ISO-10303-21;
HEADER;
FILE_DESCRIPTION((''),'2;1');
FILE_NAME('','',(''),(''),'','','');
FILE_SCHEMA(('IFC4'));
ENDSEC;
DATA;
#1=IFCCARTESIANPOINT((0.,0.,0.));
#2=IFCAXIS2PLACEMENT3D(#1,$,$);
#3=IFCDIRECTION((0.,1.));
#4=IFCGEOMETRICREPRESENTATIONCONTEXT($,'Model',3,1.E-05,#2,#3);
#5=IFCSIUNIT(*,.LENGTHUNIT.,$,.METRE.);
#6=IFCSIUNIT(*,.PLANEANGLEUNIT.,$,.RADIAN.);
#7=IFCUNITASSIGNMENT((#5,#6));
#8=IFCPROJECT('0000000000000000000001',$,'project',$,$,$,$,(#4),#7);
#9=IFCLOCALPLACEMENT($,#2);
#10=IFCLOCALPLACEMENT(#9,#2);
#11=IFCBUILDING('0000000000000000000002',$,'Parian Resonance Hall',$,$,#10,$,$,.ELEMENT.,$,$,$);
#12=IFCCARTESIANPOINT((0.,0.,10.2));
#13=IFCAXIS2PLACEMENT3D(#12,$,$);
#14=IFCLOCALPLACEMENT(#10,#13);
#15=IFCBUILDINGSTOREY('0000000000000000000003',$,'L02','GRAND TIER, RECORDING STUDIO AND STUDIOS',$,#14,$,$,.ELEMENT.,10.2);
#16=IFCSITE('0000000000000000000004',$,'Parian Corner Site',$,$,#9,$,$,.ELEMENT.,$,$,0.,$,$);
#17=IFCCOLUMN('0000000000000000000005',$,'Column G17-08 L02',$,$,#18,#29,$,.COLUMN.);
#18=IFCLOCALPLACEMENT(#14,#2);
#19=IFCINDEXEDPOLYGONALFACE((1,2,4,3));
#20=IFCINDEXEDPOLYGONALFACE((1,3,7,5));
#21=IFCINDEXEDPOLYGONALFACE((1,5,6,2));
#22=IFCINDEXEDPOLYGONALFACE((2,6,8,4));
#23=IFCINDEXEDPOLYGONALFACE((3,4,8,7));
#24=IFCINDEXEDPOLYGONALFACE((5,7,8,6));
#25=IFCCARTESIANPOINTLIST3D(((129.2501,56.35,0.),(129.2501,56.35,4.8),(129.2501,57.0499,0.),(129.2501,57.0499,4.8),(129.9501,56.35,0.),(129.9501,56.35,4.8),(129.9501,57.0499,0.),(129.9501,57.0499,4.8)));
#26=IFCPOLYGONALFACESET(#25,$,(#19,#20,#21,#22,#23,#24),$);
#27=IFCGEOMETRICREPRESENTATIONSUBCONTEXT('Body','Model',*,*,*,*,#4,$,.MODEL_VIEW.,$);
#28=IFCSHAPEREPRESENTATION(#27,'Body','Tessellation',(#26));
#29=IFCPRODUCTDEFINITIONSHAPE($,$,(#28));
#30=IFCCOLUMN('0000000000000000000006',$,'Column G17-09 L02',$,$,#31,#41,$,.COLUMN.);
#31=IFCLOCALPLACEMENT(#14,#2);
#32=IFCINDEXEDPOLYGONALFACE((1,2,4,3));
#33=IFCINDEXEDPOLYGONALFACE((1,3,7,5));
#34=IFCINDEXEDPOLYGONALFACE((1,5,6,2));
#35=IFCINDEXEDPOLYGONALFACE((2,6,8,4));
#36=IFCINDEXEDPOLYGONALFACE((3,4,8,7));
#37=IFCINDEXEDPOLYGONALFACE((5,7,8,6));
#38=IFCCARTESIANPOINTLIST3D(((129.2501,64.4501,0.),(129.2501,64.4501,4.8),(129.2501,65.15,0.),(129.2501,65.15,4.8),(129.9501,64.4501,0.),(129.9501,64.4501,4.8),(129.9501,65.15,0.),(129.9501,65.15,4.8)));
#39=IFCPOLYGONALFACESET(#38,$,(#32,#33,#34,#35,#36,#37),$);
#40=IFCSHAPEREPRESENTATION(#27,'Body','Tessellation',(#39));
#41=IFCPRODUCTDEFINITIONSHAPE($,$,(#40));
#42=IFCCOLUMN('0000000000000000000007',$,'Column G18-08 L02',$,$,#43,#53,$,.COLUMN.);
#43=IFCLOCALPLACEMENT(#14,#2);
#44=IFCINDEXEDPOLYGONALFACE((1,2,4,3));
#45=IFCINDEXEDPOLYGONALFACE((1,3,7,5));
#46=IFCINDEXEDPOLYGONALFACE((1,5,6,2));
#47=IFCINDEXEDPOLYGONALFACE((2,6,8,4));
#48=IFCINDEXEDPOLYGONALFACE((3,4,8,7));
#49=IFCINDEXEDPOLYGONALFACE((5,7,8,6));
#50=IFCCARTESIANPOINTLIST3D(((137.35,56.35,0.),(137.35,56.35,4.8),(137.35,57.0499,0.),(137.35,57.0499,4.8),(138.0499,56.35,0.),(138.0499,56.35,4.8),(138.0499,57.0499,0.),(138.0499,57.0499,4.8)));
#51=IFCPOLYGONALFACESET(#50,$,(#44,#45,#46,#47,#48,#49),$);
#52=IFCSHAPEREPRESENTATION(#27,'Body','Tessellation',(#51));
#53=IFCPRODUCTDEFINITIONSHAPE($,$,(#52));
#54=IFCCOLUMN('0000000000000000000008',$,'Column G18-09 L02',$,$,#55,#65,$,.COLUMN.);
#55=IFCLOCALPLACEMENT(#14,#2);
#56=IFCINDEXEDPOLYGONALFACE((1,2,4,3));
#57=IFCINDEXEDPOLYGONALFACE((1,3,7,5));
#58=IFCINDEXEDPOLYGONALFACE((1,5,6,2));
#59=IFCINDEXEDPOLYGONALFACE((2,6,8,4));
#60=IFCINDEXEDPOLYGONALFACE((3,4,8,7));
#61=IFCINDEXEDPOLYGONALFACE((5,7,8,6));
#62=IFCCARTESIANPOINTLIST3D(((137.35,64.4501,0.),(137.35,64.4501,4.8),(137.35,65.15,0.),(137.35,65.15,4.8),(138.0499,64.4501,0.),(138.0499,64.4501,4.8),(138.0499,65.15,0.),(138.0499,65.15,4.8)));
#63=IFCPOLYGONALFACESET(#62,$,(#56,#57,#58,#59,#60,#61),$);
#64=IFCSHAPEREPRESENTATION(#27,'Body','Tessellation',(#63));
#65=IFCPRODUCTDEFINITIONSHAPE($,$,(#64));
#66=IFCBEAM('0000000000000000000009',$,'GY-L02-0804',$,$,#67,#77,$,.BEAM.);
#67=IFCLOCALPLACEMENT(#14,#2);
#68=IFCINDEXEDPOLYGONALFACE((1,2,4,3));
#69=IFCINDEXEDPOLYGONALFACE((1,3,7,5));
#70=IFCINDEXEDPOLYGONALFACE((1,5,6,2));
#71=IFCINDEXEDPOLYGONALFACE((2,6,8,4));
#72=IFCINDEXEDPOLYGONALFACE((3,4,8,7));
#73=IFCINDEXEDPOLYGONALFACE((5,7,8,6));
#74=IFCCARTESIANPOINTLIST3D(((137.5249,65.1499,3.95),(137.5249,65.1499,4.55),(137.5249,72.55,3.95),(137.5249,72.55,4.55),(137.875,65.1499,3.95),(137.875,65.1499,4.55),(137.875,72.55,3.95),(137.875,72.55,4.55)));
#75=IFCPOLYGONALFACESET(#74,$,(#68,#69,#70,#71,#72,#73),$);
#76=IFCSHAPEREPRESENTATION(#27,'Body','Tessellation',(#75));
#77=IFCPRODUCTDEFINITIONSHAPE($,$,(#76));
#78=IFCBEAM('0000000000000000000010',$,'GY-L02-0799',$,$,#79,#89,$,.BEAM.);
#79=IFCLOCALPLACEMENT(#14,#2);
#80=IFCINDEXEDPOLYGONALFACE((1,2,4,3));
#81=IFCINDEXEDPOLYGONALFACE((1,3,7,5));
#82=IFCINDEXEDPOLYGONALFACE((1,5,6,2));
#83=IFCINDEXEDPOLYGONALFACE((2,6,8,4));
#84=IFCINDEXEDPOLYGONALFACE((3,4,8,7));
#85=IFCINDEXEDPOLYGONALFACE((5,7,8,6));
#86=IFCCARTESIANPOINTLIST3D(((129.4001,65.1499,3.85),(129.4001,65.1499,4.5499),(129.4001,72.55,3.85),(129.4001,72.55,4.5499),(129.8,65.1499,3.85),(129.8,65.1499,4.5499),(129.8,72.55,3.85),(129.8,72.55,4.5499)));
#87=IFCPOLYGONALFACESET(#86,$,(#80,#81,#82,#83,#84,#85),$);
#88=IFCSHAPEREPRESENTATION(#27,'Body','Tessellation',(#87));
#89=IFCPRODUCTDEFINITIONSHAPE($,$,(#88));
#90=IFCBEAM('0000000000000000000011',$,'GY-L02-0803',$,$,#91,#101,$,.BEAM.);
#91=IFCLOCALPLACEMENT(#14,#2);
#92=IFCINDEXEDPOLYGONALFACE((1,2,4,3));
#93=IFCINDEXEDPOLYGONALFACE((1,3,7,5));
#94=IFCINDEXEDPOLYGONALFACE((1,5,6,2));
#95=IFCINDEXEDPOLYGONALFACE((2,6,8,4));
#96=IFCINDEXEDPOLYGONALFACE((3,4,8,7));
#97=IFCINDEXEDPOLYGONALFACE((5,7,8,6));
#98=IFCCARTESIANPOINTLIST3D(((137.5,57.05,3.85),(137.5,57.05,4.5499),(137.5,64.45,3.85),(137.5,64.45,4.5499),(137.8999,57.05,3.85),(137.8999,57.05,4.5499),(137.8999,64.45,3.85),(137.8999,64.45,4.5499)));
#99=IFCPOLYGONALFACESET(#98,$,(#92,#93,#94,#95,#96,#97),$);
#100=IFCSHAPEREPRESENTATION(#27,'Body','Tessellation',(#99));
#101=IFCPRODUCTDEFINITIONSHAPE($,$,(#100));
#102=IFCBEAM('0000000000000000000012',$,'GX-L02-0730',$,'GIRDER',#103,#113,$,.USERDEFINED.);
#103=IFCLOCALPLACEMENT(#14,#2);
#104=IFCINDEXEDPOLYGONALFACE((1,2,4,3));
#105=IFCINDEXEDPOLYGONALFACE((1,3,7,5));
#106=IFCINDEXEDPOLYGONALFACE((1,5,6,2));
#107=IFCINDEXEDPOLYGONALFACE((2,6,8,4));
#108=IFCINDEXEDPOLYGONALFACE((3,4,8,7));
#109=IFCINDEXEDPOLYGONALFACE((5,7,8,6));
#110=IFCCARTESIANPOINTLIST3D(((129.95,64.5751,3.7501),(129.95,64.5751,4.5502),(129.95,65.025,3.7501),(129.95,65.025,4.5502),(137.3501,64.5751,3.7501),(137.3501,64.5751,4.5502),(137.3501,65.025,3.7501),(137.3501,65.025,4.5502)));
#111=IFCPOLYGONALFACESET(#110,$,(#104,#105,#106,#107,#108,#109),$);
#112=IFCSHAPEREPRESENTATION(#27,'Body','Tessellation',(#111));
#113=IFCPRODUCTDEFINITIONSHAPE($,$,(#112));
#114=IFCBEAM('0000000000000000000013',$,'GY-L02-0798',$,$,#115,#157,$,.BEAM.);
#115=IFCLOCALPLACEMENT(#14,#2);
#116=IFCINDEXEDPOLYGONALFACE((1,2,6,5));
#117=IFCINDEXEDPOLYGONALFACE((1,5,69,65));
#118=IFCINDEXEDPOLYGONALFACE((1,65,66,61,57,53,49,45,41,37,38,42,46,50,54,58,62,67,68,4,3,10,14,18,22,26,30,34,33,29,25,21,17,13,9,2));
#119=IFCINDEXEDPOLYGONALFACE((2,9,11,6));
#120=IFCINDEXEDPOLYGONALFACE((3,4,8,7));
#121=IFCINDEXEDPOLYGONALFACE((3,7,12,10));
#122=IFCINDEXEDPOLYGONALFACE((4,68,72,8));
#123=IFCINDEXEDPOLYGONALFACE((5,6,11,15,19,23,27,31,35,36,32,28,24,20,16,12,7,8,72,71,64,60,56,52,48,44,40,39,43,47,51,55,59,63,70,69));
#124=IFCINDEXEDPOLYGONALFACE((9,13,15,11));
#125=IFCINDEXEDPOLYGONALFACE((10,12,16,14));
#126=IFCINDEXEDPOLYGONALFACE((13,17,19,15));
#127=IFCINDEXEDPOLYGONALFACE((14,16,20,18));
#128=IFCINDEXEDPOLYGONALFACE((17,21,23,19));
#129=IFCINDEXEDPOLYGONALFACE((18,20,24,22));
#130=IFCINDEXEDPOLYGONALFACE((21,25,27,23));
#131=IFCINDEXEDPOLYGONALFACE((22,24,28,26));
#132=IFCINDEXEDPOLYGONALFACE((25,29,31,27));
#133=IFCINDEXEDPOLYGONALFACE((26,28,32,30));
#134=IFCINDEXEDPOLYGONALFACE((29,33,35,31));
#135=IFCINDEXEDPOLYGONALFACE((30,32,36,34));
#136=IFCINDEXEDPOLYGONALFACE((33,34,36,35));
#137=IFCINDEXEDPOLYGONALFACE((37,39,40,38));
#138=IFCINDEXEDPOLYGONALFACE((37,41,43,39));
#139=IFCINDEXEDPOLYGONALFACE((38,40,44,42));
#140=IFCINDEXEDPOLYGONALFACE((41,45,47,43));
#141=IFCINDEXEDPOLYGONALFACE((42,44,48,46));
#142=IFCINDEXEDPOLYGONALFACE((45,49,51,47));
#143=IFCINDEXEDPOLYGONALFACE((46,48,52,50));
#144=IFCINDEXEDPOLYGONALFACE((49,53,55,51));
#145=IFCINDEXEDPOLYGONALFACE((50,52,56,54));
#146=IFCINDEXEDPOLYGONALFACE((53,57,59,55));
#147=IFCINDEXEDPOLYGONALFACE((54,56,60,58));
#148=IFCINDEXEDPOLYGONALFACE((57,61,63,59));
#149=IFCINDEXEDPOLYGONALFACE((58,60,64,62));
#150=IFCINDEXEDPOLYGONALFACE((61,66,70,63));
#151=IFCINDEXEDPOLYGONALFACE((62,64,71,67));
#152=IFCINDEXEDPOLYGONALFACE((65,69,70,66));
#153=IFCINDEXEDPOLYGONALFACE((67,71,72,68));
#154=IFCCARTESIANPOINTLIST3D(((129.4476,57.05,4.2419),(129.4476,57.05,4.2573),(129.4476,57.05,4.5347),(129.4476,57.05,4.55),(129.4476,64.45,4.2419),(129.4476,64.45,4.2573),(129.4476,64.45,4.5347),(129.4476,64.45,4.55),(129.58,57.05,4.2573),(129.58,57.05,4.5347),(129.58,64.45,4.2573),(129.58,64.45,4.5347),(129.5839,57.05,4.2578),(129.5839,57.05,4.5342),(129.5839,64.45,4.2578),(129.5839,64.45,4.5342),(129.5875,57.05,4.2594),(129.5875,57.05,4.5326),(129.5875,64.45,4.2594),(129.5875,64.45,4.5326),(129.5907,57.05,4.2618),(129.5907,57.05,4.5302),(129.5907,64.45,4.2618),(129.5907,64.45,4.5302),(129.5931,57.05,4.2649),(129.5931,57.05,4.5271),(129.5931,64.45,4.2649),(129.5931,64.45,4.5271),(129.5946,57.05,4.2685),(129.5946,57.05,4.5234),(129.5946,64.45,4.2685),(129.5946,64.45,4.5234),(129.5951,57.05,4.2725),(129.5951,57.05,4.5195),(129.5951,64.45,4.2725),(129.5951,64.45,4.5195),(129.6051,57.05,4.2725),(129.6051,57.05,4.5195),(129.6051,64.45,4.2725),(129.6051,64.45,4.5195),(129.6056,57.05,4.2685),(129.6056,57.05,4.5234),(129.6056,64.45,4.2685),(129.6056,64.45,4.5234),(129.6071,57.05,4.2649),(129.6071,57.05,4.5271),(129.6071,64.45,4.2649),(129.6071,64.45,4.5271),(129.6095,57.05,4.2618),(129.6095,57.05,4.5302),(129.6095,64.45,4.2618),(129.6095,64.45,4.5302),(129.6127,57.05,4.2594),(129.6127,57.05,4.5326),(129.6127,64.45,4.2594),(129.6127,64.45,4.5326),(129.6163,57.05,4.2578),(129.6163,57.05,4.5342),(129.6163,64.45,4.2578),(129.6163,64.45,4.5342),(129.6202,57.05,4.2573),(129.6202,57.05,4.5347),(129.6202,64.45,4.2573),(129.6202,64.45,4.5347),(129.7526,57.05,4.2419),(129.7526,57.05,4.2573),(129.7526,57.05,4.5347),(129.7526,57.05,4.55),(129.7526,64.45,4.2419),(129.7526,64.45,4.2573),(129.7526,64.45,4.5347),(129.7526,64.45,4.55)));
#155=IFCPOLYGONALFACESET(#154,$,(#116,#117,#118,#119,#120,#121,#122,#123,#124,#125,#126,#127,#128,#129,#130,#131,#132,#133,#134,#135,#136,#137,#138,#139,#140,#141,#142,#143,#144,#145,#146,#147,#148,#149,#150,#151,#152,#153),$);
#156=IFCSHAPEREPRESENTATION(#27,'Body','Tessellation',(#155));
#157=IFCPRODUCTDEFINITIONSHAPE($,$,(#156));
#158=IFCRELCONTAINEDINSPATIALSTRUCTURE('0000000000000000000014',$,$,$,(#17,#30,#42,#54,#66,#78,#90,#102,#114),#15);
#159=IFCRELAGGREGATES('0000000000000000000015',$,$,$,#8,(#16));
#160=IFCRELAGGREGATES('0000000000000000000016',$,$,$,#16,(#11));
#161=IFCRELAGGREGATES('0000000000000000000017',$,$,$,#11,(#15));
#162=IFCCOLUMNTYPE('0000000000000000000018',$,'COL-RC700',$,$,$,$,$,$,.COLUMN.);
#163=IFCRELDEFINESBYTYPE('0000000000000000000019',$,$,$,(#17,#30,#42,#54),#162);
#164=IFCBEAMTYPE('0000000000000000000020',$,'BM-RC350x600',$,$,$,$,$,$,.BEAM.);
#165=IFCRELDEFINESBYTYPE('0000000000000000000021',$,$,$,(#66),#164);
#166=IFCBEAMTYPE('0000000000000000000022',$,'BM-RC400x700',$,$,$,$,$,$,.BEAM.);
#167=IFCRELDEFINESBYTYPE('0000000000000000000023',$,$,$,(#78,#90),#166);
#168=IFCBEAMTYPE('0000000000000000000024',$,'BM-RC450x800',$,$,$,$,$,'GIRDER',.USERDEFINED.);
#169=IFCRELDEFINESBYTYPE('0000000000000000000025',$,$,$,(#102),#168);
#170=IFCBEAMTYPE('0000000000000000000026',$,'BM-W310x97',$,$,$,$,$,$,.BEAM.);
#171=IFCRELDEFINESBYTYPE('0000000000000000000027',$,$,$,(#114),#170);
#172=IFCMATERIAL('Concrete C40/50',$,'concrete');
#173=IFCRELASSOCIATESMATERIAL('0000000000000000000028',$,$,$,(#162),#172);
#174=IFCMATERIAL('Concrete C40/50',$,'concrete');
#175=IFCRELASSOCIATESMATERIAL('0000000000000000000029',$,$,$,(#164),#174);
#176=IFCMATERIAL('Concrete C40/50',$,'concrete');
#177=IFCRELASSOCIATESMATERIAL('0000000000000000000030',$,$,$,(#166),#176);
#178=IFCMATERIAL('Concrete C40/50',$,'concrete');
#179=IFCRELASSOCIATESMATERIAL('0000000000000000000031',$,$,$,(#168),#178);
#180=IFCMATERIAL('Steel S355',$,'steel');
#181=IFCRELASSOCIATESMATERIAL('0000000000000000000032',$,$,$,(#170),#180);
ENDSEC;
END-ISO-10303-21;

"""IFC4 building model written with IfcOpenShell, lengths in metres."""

from ifc_helpers import new_model, si_unit, direction, frame, origin, origin_2d, place, context, subcontext, project, spatial, rectangle, i_section, extrude, material, material_profile, profile_set, type_object, element, save


model = new_model("IFC4")

# Units and contexts
model_context = context("Model", 3, precision=1e-05, world=origin(), true_north=direction((0.0, 1.0)))
body_context = subcontext(model_context, "Body", "Model", "MODEL_VIEW")
ifc_project = project(units=[si_unit("LENGTHUNIT", "METRE"), si_unit("PLANEANGLEUNIT", "RADIAN")], contexts=[model_context])

# Site, building, storey
site_placement = place(None, origin())
site = spatial("IfcSite", under=ifc_project, at=site_placement, Name="Parian Corner Site", CompositionType="ELEMENT", RefElevation=0.0)
building_placement = place(site_placement, origin())
building = spatial("IfcBuilding", under=site, at=building_placement, Name="Parian Resonance Hall", CompositionType="ELEMENT")
storey_placement = place(building_placement, frame((0.0, 0.0, 10.2)))
storey = spatial("IfcBuildingStorey", under=building, at=storey_placement, Name="L02", Description="GRAND TIER, RECORDING STUDIO AND STUDIOS", CompositionType="ELEMENT", Elevation=10.2)

# Columns
ifc_material_1 = material(Name="Concrete C40/50", Category="concrete")
ifc_material_profile_1 = material_profile(ifc_material_1, rectangle(XDim=0.7, YDim=0.7, at=origin_2d()), Name="RC-COL-700x700")
ifc_profile_set_1 = profile_set([ifc_material_profile_1], Name="Concrete C40/50")
column_type = type_object("IfcColumnType", Name="COL-RC700", PredefinedType="COLUMN", material=ifc_profile_set_1)
for number, where, z_axis, x_axis, name in (
    (1, (129.6001, 56.7, 0.0), (0.0, 0.0, 1.0), (1.0, 0.0, 0.0), "Column G17-08 L02"),
    (2, (129.6001, 64.8, 0.0), (0.0, 0.0, 1.0), (1.0, 0.0, 0.0), "Column G17-09 L02"),
    (3, (137.7, 56.7, 0.0), (0.0, 0.0, 1.0), (1.0, 0.0, 0.0), "Column G18-08 L02"),
    (4, (137.7, 64.8, 0.0), (0.0, 0.0, 1.0), (1.0, 0.0, 0.0), "Column G18-09 L02"),
):
    element("IfcColumn", number, at=place(storey_placement, frame(where, z_axis=z_axis, x_axis=x_axis)), inside=storey, type_object=column_type, Name=name, PredefinedType="COLUMN", context=body_context, shape_type="SweptSolid", body=[
        extrude(rectangle(XDim=0.7, YDim=0.7, at=origin_2d()), origin(), (0.0, 0.0, 1.0), 4.8),
    ])

# Beams
ifc_material_2 = material(Name="Concrete C40/50", Category="concrete")
ifc_material_profile_2 = material_profile(ifc_material_2, rectangle(XDim=0.3501, YDim=0.6001, at=origin_2d()), Name="RC-BM-350x600")
ifc_profile_set_2 = profile_set([ifc_material_profile_2], Name="Concrete C40/50")
beam_type_1 = type_object("IfcBeamType", Name="BM-RC350x600", PredefinedType="BEAM", material=ifc_profile_set_2)
beam_1_placement = place(storey_placement, frame((137.7, 65.1499, 4.25), z_axis=(0.0, 1.0, 0.0), x_axis=(-1.0, 0.0, 0.0)))
element("IfcBeam", 5, at=beam_1_placement, inside=storey, type_object=beam_type_1, Name="GY-L02-0804", PredefinedType="BEAM", context=body_context, shape_type="SweptSolid", body=[
    extrude(rectangle(XDim=0.3501, YDim=0.6001, at=origin_2d()), origin(), (0.0, 0.0, 1.0), 7.4001),
])
ifc_material_3 = material(Name="Concrete C40/50", Category="concrete")
ifc_material_profile_3 = material_profile(ifc_material_3, rectangle(XDim=0.3999, YDim=0.7, at=origin_2d()), Name="RC-BM-400x700")
ifc_profile_set_3 = profile_set([ifc_material_profile_3], Name="Concrete C40/50")
beam_type_2 = type_object("IfcBeamType", Name="BM-RC400x700", PredefinedType="BEAM", material=ifc_profile_set_3)
beam_2_placement = place(storey_placement, frame((129.6001, 65.1499, 4.2), z_axis=(0.0, 1.0, 0.0), x_axis=(-1.0, 0.0, 0.0)))
element("IfcBeam", 6, at=beam_2_placement, inside=storey, type_object=beam_type_2, Name="GY-L02-0799", PredefinedType="BEAM", context=body_context, shape_type="SweptSolid", body=[
    extrude(rectangle(XDim=0.3999, YDim=0.7, at=origin_2d()), origin(), (0.0, 0.0, 1.0), 7.4001),
])
beam_3_placement = place(storey_placement, frame((137.7, 57.05, 4.2), z_axis=(0.0, 1.0, 0.0), x_axis=(-1.0, 0.0, 0.0)))
element("IfcBeam", 7, at=beam_3_placement, inside=storey, type_object=beam_type_2, Name="GY-L02-0803", PredefinedType="BEAM", context=body_context, shape_type="SweptSolid", body=[
    extrude(rectangle(XDim=0.3999, YDim=0.7, at=origin_2d()), origin(), (0.0, 0.0, 1.0), 7.3999),
])
ifc_material_4 = material(Name="Concrete C40/50", Category="concrete")
ifc_material_profile_4 = material_profile(ifc_material_4, rectangle(XDim=0.45, YDim=0.8, at=origin_2d()), Name="RC-BM-450x800")
ifc_profile_set_4 = profile_set([ifc_material_profile_4], Name="Concrete C40/50")
beam_type_3 = type_object("IfcBeamType", Name="BM-RC450x800", ElementType="GIRDER", PredefinedType="USERDEFINED", material=ifc_profile_set_4)
beam_4_placement = place(storey_placement, frame((129.95, 64.8, 4.1501), z_axis=(1.0, 0.0, 0.0), x_axis=(0.0, 1.0, 0.0)))
element("IfcBeam", 8, at=beam_4_placement, inside=storey, type_object=beam_type_3, Name="GX-L02-0730", ObjectType="GIRDER", PredefinedType="USERDEFINED", context=body_context, shape_type="SweptSolid", body=[
    extrude(rectangle(XDim=0.45, YDim=0.8, at=origin_2d()), origin(), (0.0, 0.0, 1.0), 7.4001),
])
ifc_material_5 = material(Name="Steel S355", Category="steel")
ifc_material_profile_5 = material_profile(ifc_material_5, i_section(OverallWidth=0.3049, OverallDepth=0.3081, WebThickness=0.01, FlangeThickness=0.0154, FilletRadius=0.0151, at=origin_2d()), Name="W310x97")
ifc_profile_set_5 = profile_set([ifc_material_profile_5], Name="Steel S355")
beam_type_4 = type_object("IfcBeamType", Name="BM-W310x97", PredefinedType="BEAM", material=ifc_profile_set_5)
beam_5_placement = place(storey_placement, frame((129.6001, 57.05, 4.396), z_axis=(0.0, 1.0, 0.0), x_axis=(-1.0, 0.0, 0.0)))
element("IfcBeam", 9, at=beam_5_placement, inside=storey, type_object=beam_type_4, Name="GY-L02-0798", PredefinedType="BEAM", context=body_context, shape_type="SweptSolid", body=[
    extrude(i_section(OverallWidth=0.3049, OverallDepth=0.3081, WebThickness=0.01, FlangeThickness=0.0154, FilletRadius=0.0151, at=origin_2d()), origin(), (0.0, 0.0, 1.0), 7.3999),
])

save(model, "model.ifc")
